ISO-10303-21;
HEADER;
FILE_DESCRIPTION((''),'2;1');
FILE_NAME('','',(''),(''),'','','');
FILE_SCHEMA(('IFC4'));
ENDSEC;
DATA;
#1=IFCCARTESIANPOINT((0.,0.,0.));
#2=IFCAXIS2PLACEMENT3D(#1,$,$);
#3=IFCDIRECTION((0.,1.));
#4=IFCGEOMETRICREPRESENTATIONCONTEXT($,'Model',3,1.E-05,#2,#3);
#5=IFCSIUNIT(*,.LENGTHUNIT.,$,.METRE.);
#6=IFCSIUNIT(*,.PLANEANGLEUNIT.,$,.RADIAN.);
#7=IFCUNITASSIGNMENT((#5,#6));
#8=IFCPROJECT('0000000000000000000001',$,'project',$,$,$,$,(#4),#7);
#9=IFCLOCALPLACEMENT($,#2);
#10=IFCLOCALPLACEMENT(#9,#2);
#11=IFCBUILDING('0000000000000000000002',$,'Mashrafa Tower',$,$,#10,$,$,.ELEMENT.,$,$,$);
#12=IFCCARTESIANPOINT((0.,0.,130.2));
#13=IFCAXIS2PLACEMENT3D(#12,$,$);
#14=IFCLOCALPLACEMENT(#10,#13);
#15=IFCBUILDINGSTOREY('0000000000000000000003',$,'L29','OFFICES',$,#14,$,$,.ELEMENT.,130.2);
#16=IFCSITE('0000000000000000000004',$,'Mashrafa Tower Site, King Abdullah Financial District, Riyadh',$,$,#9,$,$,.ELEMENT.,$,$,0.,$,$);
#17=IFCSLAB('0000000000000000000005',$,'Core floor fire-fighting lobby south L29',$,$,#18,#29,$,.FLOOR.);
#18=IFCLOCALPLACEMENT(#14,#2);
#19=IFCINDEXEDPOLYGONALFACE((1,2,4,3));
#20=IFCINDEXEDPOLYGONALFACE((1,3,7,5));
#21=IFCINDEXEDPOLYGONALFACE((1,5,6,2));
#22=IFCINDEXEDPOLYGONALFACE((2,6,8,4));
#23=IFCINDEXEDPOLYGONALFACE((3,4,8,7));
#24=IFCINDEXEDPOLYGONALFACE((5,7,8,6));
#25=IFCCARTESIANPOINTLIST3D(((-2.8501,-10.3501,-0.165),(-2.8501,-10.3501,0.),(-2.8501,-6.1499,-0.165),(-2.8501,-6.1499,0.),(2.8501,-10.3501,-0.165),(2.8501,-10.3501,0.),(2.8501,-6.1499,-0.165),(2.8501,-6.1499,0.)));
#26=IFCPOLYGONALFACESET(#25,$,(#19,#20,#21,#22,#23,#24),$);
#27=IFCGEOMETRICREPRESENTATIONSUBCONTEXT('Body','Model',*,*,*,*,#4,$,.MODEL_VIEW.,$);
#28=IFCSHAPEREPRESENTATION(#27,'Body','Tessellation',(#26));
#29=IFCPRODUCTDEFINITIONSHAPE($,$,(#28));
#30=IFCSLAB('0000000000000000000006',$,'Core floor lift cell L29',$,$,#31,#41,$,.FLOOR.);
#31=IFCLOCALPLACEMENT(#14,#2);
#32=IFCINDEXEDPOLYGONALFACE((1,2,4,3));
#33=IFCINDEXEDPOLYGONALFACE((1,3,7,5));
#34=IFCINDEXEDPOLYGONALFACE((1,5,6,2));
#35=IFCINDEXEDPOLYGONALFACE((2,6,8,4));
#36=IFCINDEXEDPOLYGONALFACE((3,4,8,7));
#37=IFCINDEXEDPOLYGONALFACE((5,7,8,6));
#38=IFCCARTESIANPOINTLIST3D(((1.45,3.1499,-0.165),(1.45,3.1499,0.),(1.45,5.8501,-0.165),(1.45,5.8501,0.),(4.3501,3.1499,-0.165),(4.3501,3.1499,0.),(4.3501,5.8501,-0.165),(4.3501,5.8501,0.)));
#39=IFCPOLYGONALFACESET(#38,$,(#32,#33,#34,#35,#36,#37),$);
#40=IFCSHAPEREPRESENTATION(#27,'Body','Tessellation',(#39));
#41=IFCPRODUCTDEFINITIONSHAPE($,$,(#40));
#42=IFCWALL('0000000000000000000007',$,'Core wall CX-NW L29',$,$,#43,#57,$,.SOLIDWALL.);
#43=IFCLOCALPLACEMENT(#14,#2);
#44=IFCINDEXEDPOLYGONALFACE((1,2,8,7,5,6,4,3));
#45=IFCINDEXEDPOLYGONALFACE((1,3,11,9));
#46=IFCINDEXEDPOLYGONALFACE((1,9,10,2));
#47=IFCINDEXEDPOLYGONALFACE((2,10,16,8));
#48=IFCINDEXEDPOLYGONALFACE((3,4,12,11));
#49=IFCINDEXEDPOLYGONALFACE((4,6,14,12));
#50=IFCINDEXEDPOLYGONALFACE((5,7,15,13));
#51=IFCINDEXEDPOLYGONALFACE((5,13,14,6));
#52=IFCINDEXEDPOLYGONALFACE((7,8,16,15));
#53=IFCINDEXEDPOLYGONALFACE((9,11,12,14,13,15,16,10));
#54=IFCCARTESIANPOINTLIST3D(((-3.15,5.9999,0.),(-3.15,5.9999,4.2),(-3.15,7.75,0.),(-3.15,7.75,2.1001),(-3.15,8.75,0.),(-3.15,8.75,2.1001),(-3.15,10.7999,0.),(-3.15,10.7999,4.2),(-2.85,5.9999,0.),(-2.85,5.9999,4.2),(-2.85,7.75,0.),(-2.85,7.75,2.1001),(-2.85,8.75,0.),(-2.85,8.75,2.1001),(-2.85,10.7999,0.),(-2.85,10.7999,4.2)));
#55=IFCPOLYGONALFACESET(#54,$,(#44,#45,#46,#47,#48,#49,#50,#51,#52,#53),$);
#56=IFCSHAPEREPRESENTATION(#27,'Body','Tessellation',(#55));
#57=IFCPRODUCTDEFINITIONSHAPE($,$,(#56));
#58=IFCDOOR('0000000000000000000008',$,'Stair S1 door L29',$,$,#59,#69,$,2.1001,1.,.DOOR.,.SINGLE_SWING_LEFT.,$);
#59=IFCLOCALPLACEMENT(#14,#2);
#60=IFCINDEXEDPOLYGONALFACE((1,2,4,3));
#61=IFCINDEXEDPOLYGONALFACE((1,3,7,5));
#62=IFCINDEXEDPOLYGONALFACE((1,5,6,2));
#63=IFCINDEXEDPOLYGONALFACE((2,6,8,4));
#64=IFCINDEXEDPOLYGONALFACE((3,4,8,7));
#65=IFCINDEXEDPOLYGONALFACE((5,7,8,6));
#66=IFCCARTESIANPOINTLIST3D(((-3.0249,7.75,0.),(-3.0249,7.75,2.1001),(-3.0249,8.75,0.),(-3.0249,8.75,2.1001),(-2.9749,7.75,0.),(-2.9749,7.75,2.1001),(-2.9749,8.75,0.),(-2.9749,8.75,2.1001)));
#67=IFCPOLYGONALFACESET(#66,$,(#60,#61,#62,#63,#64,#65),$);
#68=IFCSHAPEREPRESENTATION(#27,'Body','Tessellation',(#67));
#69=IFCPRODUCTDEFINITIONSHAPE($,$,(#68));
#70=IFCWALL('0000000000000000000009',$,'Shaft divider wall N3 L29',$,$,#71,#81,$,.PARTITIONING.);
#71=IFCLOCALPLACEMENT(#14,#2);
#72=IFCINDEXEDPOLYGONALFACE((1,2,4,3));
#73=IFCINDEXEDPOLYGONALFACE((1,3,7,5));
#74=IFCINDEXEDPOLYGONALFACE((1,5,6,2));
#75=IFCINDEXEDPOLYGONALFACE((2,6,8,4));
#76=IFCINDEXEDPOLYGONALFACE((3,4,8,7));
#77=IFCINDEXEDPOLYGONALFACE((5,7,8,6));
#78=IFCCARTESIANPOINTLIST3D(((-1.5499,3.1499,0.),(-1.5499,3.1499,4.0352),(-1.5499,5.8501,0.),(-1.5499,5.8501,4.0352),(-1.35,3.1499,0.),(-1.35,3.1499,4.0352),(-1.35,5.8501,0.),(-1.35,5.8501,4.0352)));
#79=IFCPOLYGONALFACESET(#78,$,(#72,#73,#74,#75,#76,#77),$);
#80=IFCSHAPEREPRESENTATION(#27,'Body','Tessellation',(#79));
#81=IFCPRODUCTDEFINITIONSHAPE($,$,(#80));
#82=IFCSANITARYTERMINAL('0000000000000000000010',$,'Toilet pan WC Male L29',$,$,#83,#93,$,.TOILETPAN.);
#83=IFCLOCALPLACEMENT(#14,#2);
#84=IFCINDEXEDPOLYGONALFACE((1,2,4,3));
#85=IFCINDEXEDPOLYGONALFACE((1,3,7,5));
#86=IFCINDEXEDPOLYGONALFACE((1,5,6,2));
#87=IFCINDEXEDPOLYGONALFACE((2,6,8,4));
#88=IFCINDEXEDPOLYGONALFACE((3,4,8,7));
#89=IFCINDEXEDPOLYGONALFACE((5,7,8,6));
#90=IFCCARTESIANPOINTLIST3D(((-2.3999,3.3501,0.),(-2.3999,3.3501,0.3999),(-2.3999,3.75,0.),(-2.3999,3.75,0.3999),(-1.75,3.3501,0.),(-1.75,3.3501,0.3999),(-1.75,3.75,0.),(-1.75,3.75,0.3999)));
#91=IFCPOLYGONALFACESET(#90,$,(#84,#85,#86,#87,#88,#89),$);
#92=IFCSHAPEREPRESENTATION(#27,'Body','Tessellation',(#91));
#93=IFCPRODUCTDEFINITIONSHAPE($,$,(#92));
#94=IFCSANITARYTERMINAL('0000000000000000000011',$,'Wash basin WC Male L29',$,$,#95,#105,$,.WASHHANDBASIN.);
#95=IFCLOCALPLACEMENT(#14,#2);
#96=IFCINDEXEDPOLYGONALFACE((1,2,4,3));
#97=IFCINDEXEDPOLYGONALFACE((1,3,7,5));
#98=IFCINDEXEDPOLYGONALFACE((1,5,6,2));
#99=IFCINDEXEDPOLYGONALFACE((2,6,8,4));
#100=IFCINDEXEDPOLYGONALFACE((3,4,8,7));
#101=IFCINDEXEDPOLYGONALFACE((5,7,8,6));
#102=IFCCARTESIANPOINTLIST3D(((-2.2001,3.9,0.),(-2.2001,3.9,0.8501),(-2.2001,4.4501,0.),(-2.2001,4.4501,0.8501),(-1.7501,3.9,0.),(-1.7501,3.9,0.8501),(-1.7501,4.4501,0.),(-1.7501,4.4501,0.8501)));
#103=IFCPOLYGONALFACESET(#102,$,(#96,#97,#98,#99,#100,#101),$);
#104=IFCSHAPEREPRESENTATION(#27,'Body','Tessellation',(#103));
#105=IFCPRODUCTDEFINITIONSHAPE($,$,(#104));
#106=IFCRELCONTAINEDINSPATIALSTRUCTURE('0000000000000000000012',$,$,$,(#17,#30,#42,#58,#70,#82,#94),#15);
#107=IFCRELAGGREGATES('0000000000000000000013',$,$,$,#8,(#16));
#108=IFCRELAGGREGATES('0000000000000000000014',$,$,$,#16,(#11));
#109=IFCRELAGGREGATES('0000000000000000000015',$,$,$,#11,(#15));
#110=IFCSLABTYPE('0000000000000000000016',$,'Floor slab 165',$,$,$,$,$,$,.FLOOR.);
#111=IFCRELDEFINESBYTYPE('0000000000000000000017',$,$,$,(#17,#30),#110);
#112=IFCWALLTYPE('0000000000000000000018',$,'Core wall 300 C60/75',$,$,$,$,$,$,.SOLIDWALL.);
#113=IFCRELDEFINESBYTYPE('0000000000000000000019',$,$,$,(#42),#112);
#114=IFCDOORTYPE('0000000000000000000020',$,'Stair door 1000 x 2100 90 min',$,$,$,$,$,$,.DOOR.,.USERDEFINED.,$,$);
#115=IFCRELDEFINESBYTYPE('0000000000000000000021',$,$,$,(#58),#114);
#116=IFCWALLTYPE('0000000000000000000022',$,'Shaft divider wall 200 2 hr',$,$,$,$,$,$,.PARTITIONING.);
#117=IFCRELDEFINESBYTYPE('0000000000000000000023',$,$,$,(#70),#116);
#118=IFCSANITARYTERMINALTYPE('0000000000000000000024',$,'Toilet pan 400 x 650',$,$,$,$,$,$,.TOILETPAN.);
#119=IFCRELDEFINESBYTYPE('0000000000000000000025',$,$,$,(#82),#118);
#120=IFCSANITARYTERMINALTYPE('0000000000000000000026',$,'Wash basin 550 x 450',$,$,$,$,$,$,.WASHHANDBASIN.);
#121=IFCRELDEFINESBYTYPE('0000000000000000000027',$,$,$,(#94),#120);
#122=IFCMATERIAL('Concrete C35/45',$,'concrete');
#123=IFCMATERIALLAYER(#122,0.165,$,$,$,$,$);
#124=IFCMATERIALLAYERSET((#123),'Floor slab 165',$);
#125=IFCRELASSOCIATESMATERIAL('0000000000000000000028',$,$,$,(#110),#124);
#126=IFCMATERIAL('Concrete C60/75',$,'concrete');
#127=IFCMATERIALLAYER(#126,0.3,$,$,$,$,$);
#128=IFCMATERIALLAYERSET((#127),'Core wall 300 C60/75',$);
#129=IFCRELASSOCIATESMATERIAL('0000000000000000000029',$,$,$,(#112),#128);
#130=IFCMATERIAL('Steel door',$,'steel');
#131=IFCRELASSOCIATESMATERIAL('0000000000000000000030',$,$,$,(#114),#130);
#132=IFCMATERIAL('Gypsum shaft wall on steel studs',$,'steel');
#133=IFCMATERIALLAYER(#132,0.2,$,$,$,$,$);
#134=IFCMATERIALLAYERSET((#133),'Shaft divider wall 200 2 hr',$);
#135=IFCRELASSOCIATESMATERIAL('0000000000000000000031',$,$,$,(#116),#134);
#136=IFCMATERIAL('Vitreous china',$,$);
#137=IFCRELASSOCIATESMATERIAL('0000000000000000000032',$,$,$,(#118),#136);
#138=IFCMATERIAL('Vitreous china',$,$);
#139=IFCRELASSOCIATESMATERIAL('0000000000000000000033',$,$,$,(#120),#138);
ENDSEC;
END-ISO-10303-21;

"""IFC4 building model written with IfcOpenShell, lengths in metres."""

from ifc_helpers import new_model, si_unit, direction, frame, frame_2d, origin, origin_2d, place, context, subcontext, project, spatial, polyline, rectangle, outline, extrude, material, layer, layer_set, type_object, element, fill, save


model = new_model("IFC4")

# Units and contexts
model_context = context("Model", 3, precision=1e-05, world=origin(), true_north=direction((0.0, 1.0)))
body_context = subcontext(model_context, "Body", "Model", "MODEL_VIEW")
ifc_project = project(units=[si_unit("LENGTHUNIT", "METRE"), si_unit("PLANEANGLEUNIT", "RADIAN")], contexts=[model_context])

# Site, building, storey
site_placement = place(None, origin())
site = spatial("IfcSite", under=ifc_project, at=site_placement, Name="Mashrafa Tower Site, King Abdullah Financial District, Riyadh", CompositionType="ELEMENT", RefElevation=0.0)
building_placement = place(site_placement, origin())
building = spatial("IfcBuilding", under=site, at=building_placement, Name="Mashrafa Tower", CompositionType="ELEMENT")
storey_placement = place(building_placement, frame((0.0, 0.0, 130.2)))
storey = spatial("IfcBuildingStorey", under=building, at=storey_placement, Name="L29", Description="OFFICES", CompositionType="ELEMENT", Elevation=130.2)

# Slabs
ifc_material_1 = material(Name="Concrete C35/45", Category="concrete")
ifc_layer_1 = layer(ifc_material_1, 0.165)
ifc_layer_set_1 = layer_set([ifc_layer_1], Name="Floor slab 165")
slab_type = type_object("IfcSlabType", Name="Floor slab 165", PredefinedType="FLOOR", material=ifc_layer_set_1)
slab_1_placement = place(storey_placement, frame((0.0, 0.0, -0.165)))
element("IfcSlab", 1, at=slab_1_placement, inside=storey, type_object=slab_type, Name="Core floor fire-fighting lobby south L29", PredefinedType="FLOOR", context=body_context, shape_type="SweptSolid", body=[
    extrude(outline(polyline([(2.8501, -6.1499), (2.8501, -10.3501), (-2.8501, -10.3501), (-2.8501, -6.1499), (2.8501, -6.1499)])), origin(), (0.0, 0.0, 1.0), 0.165),
])
slab_2_placement = place(storey_placement, frame((0.0, 0.0, -0.165)))
element("IfcSlab", 2, at=slab_2_placement, inside=storey, type_object=slab_type, Name="Core floor lift cell L29", PredefinedType="FLOOR", context=body_context, shape_type="SweptSolid", body=[
    extrude(outline(polyline([(4.3501, 5.8501), (4.3501, 3.1499), (1.45, 3.1499), (1.45, 5.8501), (4.3501, 5.8501)])), origin(), (0.0, 0.0, 1.0), 0.165),
])

# Wall, opening, door
ifc_material_2 = material(Name="Concrete C60/75", Category="concrete")
ifc_layer_2 = layer(ifc_material_2, 0.3)
ifc_layer_set_2 = layer_set([ifc_layer_2], Name="Core wall 300 C60/75")
wall_type_1 = type_object("IfcWallType", Name="Core wall 300 C60/75", PredefinedType="SOLIDWALL", material=ifc_layer_set_2)
wall_1_placement = place(storey_placement, frame((-3.0, 6.0, 0.0), z_axis=(0.0, 0.0, 1.0), x_axis=(0.0, 1.0, 0.0)))
wall_1 = element("IfcWall", 3, at=wall_1_placement, inside=storey, type_object=wall_type_1, Name="Core wall CX-NW L29", PredefinedType="SOLIDWALL", context=body_context, shape_type="SweptSolid", body=[
    extrude(rectangle(XDim=4.8, YDim=0.3, at=frame_2d((2.3999, 0.0))), origin(), (0.0, 0.0, 1.0), 4.2),
])
opening_placement = place(wall_1_placement, frame((1.75, 0.0, 0.0)))
opening = element("IfcOpeningElement", 4, at=opening_placement, cuts=wall_1, PredefinedType="OPENING", context=body_context, shape_type="SweptSolid", body=[
    extrude(rectangle(XDim=1.0, YDim=2.1001, at=frame_2d((0.5, 1.05))), frame((0.0, 0.1599, 0.0), z_axis=(0.0, -1.0, 0.0), x_axis=(1.0, 0.0, 0.0)), (0.0, 0.0, 1.0), 0.3201),
])
ifc_material_3 = material(Name="Steel door", Category="steel")
door_type = type_object("IfcDoorType", Name="Stair door 1000 x 2100 90 min", OperationType="USERDEFINED", PredefinedType="DOOR", material=ifc_material_3)
door_placement = place(opening_placement, origin())
door = element("IfcDoor", 5, at=door_placement, inside=storey, type_object=door_type, Name="Stair S1 door L29", OperationType="SINGLE_SWING_LEFT", OverallHeight=2.1001, OverallWidth=1.0, PredefinedType="DOOR", context=body_context, shape_type="SweptSolid", body=[
    extrude(rectangle(XDim=1.0, YDim=2.1001, at=frame_2d((0.5, 1.05))), frame((0.0, 0.0249, 0.0), z_axis=(0.0, -1.0, 0.0), x_axis=(1.0, 0.0, 0.0)), (0.0, 0.0, 1.0), 0.05),
])
fill(opening, door)

# Wall
ifc_material_4 = material(Name="Gypsum shaft wall on steel studs", Category="steel")
ifc_layer_3 = layer(ifc_material_4, 0.2)
ifc_layer_set_3 = layer_set([ifc_layer_3], Name="Shaft divider wall 200 2 hr")
wall_type_2 = type_object("IfcWallType", Name="Shaft divider wall 200 2 hr", PredefinedType="PARTITIONING", material=ifc_layer_set_3)
wall_2_placement = place(storey_placement, frame((-1.45, 3.1499, 0.0), z_axis=(0.0, 0.0, 1.0), x_axis=(0.0, 1.0, 0.0)))
element("IfcWall", 6, at=wall_2_placement, inside=storey, type_object=wall_type_2, Name="Shaft divider wall N3 L29", PredefinedType="PARTITIONING", context=body_context, shape_type="SweptSolid", body=[
    extrude(rectangle(XDim=2.7002, YDim=0.2, at=frame_2d((1.3501, 0.0))), origin(), (0.0, 0.0, 1.0), 4.0352),
])

# Sanitary terminals
ifc_material_5 = material(Name="Vitreous china")
sanitary_terminal_type_1 = type_object("IfcSanitaryTerminalType", Name="Toilet pan 400 x 650", PredefinedType="TOILETPAN", material=ifc_material_5)
sanitary_terminal_1_placement = place(storey_placement, frame((-2.075, 3.55, 0.0), z_axis=(0.0, 0.0, 1.0), x_axis=(0.0, 1.0, 0.0)))
element("IfcSanitaryTerminal", 7, at=sanitary_terminal_1_placement, inside=storey, type_object=sanitary_terminal_type_1, Name="Toilet pan WC Male L29", PredefinedType="TOILETPAN", context=body_context, shape_type="SweptSolid", body=[
    extrude(rectangle(XDim=0.3999, YDim=0.6499, at=origin_2d()), origin(), (0.0, 0.0, 1.0), 0.3999),
])
ifc_material_6 = material(Name="Vitreous china")
sanitary_terminal_type_2 = type_object("IfcSanitaryTerminalType", Name="Wash basin 550 x 450", PredefinedType="WASHHANDBASIN", material=ifc_material_6)
sanitary_terminal_2_placement = place(storey_placement, frame((-1.9751, 4.175, 0.0), z_axis=(0.0, 0.0, 1.0), x_axis=(0.0, 1.0, 0.0)))
element("IfcSanitaryTerminal", 8, at=sanitary_terminal_2_placement, inside=storey, type_object=sanitary_terminal_type_2, Name="Wash basin WC Male L29", PredefinedType="WASHHANDBASIN", context=body_context, shape_type="SweptSolid", body=[
    extrude(rectangle(XDim=0.55, YDim=0.45, at=origin_2d()), origin(), (0.0, 0.0, 1.0), 0.8501),
])

save(model, "model.ifc")
